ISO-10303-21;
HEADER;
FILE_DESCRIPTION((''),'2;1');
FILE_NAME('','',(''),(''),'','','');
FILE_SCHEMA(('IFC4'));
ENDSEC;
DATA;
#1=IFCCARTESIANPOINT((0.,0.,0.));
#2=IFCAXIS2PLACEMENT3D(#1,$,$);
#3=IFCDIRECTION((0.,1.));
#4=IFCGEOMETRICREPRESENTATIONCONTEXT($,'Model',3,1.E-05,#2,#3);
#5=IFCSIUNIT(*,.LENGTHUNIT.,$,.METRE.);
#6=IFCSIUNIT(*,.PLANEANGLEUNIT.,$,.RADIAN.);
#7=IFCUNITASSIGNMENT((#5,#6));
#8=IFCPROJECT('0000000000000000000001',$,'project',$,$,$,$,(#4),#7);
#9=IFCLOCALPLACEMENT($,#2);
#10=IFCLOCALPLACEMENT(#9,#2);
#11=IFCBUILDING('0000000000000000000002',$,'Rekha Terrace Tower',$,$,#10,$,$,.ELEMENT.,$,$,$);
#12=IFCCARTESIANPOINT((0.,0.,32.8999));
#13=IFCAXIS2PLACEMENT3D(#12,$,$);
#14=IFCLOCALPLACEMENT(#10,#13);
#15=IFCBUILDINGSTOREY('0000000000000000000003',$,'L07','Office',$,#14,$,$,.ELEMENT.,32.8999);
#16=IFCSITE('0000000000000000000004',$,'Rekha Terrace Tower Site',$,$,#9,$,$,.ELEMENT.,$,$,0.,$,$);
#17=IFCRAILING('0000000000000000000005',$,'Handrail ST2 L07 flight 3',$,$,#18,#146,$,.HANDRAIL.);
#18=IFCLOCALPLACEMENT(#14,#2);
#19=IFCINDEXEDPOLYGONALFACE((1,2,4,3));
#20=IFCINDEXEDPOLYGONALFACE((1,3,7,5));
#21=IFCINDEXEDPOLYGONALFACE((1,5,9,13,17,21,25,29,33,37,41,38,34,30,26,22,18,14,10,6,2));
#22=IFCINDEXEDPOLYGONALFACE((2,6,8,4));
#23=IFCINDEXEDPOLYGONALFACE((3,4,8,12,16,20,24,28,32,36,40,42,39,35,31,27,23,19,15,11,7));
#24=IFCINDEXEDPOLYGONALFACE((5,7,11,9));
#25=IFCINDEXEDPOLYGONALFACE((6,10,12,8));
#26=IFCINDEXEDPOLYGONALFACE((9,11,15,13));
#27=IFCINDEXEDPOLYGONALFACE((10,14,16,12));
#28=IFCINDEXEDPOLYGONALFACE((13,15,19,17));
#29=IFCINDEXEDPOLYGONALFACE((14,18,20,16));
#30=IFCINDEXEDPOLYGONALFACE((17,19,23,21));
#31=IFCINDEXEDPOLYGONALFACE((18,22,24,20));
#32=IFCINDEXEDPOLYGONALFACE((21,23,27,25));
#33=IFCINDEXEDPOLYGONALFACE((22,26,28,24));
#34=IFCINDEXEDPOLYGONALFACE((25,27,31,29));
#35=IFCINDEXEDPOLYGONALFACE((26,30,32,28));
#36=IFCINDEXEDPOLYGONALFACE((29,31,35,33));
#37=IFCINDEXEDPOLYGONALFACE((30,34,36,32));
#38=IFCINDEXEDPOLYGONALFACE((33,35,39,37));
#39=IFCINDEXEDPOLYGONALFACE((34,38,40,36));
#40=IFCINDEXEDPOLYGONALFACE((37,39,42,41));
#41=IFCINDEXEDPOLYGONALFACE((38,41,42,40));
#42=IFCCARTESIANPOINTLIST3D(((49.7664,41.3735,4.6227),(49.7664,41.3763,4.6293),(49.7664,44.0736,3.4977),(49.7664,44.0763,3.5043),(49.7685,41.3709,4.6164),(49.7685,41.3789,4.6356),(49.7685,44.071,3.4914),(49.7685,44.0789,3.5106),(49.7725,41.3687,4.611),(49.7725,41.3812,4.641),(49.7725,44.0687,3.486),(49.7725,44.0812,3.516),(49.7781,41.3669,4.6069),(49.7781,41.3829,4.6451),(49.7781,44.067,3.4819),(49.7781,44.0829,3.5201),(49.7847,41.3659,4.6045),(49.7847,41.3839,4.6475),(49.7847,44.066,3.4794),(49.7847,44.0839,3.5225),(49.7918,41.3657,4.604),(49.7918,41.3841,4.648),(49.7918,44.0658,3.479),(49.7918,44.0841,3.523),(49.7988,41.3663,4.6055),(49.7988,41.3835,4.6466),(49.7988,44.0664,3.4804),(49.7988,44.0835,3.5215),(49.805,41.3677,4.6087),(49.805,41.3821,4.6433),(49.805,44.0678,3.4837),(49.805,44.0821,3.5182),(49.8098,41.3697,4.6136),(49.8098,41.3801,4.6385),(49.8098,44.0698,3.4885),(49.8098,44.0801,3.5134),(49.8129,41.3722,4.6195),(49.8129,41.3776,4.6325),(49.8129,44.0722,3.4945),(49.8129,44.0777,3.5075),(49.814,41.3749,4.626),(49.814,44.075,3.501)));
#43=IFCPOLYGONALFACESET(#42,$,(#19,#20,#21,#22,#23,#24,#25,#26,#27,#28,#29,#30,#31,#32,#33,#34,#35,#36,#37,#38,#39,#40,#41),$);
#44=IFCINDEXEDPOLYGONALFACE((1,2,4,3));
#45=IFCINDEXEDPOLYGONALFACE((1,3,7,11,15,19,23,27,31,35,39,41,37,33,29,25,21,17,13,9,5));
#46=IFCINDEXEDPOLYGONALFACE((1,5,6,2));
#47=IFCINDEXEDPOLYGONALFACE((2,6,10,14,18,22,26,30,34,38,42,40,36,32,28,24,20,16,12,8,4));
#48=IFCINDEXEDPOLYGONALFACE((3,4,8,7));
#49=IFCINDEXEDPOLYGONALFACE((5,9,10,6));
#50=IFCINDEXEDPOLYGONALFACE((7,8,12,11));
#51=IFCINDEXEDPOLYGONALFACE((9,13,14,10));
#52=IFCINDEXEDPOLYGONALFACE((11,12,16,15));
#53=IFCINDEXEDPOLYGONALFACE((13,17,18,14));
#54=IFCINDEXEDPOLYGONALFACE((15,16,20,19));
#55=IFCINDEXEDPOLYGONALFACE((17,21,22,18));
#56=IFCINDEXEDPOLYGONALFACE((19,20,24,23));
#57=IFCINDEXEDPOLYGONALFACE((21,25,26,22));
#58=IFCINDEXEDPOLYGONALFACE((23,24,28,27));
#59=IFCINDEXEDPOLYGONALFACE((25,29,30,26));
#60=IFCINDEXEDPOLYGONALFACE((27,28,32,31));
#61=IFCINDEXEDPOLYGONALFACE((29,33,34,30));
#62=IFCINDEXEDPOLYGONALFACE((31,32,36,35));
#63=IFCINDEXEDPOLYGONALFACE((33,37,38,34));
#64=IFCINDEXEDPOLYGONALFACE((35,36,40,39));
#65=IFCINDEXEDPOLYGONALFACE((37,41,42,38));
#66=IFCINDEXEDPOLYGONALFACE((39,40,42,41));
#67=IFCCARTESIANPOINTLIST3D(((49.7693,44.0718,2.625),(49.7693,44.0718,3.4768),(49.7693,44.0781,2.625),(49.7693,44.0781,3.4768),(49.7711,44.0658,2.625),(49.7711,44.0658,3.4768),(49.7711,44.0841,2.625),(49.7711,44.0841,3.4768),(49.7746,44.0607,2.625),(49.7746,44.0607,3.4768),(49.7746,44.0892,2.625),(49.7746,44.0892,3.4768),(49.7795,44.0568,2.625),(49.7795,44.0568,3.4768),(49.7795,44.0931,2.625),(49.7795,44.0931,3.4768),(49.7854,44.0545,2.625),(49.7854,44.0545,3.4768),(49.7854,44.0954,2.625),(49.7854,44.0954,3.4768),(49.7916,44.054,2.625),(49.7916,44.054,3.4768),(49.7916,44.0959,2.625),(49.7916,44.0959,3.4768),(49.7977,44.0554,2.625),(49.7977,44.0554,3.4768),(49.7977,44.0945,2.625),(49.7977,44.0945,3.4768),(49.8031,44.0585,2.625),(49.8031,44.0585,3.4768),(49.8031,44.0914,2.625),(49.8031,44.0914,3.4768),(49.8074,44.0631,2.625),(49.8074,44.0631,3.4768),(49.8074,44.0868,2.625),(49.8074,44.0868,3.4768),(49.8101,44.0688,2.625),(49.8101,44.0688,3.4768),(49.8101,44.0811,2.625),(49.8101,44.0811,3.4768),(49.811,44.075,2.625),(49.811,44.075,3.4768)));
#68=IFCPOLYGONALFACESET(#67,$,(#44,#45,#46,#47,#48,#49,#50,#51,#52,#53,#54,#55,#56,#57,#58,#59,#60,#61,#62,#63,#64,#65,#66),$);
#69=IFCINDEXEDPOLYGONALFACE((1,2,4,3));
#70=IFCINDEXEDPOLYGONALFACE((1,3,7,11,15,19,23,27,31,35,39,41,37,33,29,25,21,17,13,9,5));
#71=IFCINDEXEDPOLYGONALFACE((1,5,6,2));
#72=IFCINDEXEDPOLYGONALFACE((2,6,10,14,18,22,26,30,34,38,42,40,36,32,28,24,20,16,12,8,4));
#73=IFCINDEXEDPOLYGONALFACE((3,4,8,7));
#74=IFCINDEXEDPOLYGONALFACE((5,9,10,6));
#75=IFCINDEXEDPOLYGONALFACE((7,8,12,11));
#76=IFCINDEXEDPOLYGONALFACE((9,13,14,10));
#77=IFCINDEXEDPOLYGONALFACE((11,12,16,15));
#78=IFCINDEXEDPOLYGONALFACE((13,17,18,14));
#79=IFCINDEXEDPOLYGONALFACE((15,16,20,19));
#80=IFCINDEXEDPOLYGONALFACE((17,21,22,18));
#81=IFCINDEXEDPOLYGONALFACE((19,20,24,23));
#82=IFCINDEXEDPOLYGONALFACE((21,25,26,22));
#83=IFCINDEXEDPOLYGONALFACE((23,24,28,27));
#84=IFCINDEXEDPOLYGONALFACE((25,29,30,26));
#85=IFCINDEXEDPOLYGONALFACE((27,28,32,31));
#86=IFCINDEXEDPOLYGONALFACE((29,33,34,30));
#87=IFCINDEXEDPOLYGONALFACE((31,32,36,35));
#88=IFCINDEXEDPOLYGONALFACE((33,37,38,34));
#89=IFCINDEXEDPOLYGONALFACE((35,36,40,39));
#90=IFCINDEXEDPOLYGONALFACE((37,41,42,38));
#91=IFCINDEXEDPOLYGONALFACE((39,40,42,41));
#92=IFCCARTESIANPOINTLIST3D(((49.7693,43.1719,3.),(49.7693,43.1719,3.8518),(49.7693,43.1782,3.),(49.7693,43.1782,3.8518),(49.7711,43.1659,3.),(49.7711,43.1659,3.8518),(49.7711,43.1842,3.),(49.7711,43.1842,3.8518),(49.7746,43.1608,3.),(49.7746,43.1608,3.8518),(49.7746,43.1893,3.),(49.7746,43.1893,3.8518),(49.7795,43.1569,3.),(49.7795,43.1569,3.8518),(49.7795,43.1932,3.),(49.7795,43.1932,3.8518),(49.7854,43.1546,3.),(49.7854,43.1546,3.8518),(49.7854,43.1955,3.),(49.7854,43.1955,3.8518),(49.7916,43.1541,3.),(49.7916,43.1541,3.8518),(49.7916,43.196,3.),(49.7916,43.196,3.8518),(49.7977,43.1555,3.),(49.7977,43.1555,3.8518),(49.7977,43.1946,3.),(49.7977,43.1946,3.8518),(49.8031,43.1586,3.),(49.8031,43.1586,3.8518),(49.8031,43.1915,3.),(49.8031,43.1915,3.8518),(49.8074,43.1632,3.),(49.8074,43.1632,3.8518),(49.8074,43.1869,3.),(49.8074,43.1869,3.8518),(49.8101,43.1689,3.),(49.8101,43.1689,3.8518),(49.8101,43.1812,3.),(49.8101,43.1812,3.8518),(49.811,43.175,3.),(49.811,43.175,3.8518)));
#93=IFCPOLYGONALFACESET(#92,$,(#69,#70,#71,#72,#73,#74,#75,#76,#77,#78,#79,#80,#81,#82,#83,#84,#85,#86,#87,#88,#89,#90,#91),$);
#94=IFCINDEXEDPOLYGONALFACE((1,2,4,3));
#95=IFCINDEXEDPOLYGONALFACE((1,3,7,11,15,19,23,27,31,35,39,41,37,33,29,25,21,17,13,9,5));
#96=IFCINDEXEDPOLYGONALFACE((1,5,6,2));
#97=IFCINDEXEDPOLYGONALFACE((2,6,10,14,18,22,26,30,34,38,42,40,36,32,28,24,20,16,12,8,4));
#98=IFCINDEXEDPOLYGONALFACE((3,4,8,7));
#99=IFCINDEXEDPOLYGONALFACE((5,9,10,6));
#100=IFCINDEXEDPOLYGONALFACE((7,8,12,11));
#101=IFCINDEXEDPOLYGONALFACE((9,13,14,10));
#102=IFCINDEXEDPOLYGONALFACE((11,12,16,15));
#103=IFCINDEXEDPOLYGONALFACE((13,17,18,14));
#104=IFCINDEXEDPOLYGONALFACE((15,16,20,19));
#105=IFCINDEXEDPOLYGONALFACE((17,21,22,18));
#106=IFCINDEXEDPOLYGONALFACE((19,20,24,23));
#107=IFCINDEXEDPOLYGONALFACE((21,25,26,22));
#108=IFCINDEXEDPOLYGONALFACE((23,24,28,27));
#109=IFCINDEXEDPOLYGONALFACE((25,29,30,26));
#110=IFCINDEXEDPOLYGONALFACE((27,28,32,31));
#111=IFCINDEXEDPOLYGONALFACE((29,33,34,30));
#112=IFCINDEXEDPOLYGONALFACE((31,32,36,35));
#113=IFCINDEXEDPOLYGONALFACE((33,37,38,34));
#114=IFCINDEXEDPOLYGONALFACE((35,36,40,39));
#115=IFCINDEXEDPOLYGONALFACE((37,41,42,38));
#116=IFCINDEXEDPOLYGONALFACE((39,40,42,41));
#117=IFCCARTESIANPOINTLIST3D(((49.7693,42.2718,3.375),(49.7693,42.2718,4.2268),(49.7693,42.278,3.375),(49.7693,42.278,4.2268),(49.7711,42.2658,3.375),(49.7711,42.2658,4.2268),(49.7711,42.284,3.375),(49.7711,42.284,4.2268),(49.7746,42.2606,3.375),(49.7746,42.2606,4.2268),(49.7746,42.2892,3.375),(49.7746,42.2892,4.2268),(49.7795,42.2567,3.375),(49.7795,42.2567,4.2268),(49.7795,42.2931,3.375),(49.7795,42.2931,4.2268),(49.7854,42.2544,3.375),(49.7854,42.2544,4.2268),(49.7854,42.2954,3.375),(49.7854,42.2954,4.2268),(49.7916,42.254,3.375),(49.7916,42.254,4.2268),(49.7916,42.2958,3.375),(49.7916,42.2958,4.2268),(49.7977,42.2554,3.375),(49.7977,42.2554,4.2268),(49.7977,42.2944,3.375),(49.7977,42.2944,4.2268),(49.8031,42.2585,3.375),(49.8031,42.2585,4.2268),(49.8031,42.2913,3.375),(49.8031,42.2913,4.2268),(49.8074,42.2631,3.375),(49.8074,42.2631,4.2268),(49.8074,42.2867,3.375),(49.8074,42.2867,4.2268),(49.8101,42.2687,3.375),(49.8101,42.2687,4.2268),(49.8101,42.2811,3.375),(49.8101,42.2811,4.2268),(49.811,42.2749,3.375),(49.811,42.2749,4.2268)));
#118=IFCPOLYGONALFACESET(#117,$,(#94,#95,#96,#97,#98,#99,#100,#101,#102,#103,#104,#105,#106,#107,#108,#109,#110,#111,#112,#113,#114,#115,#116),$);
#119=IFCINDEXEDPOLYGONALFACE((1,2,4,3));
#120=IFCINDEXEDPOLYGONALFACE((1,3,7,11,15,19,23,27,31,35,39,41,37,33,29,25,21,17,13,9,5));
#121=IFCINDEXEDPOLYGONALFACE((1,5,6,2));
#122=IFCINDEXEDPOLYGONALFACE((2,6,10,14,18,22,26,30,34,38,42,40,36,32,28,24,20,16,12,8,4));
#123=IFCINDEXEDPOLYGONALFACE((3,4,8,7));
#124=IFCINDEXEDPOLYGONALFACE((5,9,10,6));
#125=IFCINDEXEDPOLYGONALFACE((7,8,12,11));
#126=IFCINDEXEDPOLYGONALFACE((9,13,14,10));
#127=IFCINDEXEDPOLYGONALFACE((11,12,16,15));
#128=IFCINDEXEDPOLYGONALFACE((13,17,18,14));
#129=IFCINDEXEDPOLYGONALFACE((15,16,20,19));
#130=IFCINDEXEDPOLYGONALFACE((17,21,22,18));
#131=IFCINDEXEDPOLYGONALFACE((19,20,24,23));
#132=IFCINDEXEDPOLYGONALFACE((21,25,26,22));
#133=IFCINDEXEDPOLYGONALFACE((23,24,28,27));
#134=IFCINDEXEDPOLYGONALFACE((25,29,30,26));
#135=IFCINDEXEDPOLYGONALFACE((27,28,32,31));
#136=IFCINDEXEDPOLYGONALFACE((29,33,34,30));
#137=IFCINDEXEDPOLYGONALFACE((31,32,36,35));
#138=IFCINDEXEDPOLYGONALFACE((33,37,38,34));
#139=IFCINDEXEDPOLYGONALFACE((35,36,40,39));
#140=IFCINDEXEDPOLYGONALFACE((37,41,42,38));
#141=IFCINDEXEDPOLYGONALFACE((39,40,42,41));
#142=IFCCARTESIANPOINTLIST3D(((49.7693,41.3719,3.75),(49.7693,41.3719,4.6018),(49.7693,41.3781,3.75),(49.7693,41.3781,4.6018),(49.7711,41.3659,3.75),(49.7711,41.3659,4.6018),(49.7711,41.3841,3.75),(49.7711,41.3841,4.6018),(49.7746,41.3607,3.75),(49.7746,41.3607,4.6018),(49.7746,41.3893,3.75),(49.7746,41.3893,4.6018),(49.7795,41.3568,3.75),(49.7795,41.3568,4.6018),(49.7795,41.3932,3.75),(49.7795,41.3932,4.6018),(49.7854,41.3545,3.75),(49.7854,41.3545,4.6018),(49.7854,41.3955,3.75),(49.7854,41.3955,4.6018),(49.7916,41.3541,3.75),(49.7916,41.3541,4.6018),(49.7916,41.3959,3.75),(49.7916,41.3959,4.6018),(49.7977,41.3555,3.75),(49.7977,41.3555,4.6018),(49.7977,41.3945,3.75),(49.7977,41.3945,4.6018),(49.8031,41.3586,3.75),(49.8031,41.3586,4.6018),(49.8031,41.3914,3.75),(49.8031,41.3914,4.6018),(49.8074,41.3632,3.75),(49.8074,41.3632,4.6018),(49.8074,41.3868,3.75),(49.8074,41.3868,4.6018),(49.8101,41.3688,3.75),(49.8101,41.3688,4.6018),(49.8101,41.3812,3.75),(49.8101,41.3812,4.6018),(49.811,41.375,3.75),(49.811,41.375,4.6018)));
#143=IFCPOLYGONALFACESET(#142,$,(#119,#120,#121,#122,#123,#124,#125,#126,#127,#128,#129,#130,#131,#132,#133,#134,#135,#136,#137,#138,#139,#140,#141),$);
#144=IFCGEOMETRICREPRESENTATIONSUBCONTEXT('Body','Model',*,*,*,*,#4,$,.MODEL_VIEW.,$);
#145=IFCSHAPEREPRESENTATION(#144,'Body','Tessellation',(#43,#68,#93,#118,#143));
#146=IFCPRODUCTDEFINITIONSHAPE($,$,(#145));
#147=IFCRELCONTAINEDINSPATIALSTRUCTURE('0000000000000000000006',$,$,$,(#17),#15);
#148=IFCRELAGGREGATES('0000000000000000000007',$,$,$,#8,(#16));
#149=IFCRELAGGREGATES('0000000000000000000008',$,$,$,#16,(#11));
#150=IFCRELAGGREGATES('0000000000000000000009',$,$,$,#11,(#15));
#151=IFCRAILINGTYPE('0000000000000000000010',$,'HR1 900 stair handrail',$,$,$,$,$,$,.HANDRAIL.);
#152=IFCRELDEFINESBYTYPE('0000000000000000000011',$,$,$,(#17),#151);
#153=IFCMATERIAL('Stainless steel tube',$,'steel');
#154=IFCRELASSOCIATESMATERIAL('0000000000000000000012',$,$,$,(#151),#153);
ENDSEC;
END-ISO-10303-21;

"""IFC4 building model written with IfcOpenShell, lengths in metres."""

from ifc_helpers import new_model, si_unit, direction, frame, origin, origin_2d, place, context, subcontext, project, spatial, circle, extrude, material, type_object, element, save


model = new_model("IFC4")

# Units and contexts
model_context = context("Model", 3, precision=1e-05, world=origin(), true_north=direction((0.0, 1.0)))
body_context = subcontext(model_context, "Body", "Model", "MODEL_VIEW")
ifc_project = project(units=[si_unit("LENGTHUNIT", "METRE"), si_unit("PLANEANGLEUNIT", "RADIAN")], contexts=[model_context])

# Site, building, storey
site_placement = place(None, origin())
site = spatial("IfcSite", under=ifc_project, at=site_placement, Name="Rekha Terrace Tower Site", CompositionType="ELEMENT", RefElevation=0.0)
building_placement = place(site_placement, origin())
building = spatial("IfcBuilding", under=site, at=building_placement, Name="Rekha Terrace Tower", CompositionType="ELEMENT")
storey_placement = place(building_placement, frame((0.0, 0.0, 32.8999)))
storey = spatial("IfcBuildingStorey", under=building, at=storey_placement, Name="L07", Description="Office", CompositionType="ELEMENT", Elevation=32.8999)

# Railing
ifc_material_1 = material(Name="Stainless steel tube", Category="steel")
railing_type = type_object("IfcRailingType", Name="HR1 900 stair handrail", PredefinedType="HANDRAIL", material=ifc_material_1)
railing_placement = place(storey_placement, frame((49.79, 44.075, 2.625)))
element("IfcRailing", 1, at=railing_placement, inside=storey, type_object=railing_type, Name="Handrail ST2 L07 flight 3", PredefinedType="HANDRAIL", context=body_context, shape_type="SweptSolid", body=[
    extrude(circle(Radius=0.0239, at=origin_2d()), frame((0.0, 0.0, 0.876), z_axis=(0.0, -0.923074, 0.384621), x_axis=(1.0, 0.0, 0.0)), (0.0, 0.0, 1.0), 2.925),
    extrude(circle(Radius=0.021, at=origin_2d()), origin(), (0.0, 0.0, 1.0), 0.8518),
    extrude(circle(Radius=0.021, at=origin_2d()), frame((0.0, -0.8999, 0.375)), (0.0, 0.0, 1.0), 0.8518),
    extrude(circle(Radius=0.021, at=origin_2d()), frame((0.0, -1.8, 0.75)), (0.0, 0.0, 1.0), 0.8518),
    extrude(circle(Radius=0.021, at=origin_2d()), frame((0.0, -2.7, 1.125)), (0.0, 0.0, 1.0), 0.8518),
])

save(model, "model.ifc")
